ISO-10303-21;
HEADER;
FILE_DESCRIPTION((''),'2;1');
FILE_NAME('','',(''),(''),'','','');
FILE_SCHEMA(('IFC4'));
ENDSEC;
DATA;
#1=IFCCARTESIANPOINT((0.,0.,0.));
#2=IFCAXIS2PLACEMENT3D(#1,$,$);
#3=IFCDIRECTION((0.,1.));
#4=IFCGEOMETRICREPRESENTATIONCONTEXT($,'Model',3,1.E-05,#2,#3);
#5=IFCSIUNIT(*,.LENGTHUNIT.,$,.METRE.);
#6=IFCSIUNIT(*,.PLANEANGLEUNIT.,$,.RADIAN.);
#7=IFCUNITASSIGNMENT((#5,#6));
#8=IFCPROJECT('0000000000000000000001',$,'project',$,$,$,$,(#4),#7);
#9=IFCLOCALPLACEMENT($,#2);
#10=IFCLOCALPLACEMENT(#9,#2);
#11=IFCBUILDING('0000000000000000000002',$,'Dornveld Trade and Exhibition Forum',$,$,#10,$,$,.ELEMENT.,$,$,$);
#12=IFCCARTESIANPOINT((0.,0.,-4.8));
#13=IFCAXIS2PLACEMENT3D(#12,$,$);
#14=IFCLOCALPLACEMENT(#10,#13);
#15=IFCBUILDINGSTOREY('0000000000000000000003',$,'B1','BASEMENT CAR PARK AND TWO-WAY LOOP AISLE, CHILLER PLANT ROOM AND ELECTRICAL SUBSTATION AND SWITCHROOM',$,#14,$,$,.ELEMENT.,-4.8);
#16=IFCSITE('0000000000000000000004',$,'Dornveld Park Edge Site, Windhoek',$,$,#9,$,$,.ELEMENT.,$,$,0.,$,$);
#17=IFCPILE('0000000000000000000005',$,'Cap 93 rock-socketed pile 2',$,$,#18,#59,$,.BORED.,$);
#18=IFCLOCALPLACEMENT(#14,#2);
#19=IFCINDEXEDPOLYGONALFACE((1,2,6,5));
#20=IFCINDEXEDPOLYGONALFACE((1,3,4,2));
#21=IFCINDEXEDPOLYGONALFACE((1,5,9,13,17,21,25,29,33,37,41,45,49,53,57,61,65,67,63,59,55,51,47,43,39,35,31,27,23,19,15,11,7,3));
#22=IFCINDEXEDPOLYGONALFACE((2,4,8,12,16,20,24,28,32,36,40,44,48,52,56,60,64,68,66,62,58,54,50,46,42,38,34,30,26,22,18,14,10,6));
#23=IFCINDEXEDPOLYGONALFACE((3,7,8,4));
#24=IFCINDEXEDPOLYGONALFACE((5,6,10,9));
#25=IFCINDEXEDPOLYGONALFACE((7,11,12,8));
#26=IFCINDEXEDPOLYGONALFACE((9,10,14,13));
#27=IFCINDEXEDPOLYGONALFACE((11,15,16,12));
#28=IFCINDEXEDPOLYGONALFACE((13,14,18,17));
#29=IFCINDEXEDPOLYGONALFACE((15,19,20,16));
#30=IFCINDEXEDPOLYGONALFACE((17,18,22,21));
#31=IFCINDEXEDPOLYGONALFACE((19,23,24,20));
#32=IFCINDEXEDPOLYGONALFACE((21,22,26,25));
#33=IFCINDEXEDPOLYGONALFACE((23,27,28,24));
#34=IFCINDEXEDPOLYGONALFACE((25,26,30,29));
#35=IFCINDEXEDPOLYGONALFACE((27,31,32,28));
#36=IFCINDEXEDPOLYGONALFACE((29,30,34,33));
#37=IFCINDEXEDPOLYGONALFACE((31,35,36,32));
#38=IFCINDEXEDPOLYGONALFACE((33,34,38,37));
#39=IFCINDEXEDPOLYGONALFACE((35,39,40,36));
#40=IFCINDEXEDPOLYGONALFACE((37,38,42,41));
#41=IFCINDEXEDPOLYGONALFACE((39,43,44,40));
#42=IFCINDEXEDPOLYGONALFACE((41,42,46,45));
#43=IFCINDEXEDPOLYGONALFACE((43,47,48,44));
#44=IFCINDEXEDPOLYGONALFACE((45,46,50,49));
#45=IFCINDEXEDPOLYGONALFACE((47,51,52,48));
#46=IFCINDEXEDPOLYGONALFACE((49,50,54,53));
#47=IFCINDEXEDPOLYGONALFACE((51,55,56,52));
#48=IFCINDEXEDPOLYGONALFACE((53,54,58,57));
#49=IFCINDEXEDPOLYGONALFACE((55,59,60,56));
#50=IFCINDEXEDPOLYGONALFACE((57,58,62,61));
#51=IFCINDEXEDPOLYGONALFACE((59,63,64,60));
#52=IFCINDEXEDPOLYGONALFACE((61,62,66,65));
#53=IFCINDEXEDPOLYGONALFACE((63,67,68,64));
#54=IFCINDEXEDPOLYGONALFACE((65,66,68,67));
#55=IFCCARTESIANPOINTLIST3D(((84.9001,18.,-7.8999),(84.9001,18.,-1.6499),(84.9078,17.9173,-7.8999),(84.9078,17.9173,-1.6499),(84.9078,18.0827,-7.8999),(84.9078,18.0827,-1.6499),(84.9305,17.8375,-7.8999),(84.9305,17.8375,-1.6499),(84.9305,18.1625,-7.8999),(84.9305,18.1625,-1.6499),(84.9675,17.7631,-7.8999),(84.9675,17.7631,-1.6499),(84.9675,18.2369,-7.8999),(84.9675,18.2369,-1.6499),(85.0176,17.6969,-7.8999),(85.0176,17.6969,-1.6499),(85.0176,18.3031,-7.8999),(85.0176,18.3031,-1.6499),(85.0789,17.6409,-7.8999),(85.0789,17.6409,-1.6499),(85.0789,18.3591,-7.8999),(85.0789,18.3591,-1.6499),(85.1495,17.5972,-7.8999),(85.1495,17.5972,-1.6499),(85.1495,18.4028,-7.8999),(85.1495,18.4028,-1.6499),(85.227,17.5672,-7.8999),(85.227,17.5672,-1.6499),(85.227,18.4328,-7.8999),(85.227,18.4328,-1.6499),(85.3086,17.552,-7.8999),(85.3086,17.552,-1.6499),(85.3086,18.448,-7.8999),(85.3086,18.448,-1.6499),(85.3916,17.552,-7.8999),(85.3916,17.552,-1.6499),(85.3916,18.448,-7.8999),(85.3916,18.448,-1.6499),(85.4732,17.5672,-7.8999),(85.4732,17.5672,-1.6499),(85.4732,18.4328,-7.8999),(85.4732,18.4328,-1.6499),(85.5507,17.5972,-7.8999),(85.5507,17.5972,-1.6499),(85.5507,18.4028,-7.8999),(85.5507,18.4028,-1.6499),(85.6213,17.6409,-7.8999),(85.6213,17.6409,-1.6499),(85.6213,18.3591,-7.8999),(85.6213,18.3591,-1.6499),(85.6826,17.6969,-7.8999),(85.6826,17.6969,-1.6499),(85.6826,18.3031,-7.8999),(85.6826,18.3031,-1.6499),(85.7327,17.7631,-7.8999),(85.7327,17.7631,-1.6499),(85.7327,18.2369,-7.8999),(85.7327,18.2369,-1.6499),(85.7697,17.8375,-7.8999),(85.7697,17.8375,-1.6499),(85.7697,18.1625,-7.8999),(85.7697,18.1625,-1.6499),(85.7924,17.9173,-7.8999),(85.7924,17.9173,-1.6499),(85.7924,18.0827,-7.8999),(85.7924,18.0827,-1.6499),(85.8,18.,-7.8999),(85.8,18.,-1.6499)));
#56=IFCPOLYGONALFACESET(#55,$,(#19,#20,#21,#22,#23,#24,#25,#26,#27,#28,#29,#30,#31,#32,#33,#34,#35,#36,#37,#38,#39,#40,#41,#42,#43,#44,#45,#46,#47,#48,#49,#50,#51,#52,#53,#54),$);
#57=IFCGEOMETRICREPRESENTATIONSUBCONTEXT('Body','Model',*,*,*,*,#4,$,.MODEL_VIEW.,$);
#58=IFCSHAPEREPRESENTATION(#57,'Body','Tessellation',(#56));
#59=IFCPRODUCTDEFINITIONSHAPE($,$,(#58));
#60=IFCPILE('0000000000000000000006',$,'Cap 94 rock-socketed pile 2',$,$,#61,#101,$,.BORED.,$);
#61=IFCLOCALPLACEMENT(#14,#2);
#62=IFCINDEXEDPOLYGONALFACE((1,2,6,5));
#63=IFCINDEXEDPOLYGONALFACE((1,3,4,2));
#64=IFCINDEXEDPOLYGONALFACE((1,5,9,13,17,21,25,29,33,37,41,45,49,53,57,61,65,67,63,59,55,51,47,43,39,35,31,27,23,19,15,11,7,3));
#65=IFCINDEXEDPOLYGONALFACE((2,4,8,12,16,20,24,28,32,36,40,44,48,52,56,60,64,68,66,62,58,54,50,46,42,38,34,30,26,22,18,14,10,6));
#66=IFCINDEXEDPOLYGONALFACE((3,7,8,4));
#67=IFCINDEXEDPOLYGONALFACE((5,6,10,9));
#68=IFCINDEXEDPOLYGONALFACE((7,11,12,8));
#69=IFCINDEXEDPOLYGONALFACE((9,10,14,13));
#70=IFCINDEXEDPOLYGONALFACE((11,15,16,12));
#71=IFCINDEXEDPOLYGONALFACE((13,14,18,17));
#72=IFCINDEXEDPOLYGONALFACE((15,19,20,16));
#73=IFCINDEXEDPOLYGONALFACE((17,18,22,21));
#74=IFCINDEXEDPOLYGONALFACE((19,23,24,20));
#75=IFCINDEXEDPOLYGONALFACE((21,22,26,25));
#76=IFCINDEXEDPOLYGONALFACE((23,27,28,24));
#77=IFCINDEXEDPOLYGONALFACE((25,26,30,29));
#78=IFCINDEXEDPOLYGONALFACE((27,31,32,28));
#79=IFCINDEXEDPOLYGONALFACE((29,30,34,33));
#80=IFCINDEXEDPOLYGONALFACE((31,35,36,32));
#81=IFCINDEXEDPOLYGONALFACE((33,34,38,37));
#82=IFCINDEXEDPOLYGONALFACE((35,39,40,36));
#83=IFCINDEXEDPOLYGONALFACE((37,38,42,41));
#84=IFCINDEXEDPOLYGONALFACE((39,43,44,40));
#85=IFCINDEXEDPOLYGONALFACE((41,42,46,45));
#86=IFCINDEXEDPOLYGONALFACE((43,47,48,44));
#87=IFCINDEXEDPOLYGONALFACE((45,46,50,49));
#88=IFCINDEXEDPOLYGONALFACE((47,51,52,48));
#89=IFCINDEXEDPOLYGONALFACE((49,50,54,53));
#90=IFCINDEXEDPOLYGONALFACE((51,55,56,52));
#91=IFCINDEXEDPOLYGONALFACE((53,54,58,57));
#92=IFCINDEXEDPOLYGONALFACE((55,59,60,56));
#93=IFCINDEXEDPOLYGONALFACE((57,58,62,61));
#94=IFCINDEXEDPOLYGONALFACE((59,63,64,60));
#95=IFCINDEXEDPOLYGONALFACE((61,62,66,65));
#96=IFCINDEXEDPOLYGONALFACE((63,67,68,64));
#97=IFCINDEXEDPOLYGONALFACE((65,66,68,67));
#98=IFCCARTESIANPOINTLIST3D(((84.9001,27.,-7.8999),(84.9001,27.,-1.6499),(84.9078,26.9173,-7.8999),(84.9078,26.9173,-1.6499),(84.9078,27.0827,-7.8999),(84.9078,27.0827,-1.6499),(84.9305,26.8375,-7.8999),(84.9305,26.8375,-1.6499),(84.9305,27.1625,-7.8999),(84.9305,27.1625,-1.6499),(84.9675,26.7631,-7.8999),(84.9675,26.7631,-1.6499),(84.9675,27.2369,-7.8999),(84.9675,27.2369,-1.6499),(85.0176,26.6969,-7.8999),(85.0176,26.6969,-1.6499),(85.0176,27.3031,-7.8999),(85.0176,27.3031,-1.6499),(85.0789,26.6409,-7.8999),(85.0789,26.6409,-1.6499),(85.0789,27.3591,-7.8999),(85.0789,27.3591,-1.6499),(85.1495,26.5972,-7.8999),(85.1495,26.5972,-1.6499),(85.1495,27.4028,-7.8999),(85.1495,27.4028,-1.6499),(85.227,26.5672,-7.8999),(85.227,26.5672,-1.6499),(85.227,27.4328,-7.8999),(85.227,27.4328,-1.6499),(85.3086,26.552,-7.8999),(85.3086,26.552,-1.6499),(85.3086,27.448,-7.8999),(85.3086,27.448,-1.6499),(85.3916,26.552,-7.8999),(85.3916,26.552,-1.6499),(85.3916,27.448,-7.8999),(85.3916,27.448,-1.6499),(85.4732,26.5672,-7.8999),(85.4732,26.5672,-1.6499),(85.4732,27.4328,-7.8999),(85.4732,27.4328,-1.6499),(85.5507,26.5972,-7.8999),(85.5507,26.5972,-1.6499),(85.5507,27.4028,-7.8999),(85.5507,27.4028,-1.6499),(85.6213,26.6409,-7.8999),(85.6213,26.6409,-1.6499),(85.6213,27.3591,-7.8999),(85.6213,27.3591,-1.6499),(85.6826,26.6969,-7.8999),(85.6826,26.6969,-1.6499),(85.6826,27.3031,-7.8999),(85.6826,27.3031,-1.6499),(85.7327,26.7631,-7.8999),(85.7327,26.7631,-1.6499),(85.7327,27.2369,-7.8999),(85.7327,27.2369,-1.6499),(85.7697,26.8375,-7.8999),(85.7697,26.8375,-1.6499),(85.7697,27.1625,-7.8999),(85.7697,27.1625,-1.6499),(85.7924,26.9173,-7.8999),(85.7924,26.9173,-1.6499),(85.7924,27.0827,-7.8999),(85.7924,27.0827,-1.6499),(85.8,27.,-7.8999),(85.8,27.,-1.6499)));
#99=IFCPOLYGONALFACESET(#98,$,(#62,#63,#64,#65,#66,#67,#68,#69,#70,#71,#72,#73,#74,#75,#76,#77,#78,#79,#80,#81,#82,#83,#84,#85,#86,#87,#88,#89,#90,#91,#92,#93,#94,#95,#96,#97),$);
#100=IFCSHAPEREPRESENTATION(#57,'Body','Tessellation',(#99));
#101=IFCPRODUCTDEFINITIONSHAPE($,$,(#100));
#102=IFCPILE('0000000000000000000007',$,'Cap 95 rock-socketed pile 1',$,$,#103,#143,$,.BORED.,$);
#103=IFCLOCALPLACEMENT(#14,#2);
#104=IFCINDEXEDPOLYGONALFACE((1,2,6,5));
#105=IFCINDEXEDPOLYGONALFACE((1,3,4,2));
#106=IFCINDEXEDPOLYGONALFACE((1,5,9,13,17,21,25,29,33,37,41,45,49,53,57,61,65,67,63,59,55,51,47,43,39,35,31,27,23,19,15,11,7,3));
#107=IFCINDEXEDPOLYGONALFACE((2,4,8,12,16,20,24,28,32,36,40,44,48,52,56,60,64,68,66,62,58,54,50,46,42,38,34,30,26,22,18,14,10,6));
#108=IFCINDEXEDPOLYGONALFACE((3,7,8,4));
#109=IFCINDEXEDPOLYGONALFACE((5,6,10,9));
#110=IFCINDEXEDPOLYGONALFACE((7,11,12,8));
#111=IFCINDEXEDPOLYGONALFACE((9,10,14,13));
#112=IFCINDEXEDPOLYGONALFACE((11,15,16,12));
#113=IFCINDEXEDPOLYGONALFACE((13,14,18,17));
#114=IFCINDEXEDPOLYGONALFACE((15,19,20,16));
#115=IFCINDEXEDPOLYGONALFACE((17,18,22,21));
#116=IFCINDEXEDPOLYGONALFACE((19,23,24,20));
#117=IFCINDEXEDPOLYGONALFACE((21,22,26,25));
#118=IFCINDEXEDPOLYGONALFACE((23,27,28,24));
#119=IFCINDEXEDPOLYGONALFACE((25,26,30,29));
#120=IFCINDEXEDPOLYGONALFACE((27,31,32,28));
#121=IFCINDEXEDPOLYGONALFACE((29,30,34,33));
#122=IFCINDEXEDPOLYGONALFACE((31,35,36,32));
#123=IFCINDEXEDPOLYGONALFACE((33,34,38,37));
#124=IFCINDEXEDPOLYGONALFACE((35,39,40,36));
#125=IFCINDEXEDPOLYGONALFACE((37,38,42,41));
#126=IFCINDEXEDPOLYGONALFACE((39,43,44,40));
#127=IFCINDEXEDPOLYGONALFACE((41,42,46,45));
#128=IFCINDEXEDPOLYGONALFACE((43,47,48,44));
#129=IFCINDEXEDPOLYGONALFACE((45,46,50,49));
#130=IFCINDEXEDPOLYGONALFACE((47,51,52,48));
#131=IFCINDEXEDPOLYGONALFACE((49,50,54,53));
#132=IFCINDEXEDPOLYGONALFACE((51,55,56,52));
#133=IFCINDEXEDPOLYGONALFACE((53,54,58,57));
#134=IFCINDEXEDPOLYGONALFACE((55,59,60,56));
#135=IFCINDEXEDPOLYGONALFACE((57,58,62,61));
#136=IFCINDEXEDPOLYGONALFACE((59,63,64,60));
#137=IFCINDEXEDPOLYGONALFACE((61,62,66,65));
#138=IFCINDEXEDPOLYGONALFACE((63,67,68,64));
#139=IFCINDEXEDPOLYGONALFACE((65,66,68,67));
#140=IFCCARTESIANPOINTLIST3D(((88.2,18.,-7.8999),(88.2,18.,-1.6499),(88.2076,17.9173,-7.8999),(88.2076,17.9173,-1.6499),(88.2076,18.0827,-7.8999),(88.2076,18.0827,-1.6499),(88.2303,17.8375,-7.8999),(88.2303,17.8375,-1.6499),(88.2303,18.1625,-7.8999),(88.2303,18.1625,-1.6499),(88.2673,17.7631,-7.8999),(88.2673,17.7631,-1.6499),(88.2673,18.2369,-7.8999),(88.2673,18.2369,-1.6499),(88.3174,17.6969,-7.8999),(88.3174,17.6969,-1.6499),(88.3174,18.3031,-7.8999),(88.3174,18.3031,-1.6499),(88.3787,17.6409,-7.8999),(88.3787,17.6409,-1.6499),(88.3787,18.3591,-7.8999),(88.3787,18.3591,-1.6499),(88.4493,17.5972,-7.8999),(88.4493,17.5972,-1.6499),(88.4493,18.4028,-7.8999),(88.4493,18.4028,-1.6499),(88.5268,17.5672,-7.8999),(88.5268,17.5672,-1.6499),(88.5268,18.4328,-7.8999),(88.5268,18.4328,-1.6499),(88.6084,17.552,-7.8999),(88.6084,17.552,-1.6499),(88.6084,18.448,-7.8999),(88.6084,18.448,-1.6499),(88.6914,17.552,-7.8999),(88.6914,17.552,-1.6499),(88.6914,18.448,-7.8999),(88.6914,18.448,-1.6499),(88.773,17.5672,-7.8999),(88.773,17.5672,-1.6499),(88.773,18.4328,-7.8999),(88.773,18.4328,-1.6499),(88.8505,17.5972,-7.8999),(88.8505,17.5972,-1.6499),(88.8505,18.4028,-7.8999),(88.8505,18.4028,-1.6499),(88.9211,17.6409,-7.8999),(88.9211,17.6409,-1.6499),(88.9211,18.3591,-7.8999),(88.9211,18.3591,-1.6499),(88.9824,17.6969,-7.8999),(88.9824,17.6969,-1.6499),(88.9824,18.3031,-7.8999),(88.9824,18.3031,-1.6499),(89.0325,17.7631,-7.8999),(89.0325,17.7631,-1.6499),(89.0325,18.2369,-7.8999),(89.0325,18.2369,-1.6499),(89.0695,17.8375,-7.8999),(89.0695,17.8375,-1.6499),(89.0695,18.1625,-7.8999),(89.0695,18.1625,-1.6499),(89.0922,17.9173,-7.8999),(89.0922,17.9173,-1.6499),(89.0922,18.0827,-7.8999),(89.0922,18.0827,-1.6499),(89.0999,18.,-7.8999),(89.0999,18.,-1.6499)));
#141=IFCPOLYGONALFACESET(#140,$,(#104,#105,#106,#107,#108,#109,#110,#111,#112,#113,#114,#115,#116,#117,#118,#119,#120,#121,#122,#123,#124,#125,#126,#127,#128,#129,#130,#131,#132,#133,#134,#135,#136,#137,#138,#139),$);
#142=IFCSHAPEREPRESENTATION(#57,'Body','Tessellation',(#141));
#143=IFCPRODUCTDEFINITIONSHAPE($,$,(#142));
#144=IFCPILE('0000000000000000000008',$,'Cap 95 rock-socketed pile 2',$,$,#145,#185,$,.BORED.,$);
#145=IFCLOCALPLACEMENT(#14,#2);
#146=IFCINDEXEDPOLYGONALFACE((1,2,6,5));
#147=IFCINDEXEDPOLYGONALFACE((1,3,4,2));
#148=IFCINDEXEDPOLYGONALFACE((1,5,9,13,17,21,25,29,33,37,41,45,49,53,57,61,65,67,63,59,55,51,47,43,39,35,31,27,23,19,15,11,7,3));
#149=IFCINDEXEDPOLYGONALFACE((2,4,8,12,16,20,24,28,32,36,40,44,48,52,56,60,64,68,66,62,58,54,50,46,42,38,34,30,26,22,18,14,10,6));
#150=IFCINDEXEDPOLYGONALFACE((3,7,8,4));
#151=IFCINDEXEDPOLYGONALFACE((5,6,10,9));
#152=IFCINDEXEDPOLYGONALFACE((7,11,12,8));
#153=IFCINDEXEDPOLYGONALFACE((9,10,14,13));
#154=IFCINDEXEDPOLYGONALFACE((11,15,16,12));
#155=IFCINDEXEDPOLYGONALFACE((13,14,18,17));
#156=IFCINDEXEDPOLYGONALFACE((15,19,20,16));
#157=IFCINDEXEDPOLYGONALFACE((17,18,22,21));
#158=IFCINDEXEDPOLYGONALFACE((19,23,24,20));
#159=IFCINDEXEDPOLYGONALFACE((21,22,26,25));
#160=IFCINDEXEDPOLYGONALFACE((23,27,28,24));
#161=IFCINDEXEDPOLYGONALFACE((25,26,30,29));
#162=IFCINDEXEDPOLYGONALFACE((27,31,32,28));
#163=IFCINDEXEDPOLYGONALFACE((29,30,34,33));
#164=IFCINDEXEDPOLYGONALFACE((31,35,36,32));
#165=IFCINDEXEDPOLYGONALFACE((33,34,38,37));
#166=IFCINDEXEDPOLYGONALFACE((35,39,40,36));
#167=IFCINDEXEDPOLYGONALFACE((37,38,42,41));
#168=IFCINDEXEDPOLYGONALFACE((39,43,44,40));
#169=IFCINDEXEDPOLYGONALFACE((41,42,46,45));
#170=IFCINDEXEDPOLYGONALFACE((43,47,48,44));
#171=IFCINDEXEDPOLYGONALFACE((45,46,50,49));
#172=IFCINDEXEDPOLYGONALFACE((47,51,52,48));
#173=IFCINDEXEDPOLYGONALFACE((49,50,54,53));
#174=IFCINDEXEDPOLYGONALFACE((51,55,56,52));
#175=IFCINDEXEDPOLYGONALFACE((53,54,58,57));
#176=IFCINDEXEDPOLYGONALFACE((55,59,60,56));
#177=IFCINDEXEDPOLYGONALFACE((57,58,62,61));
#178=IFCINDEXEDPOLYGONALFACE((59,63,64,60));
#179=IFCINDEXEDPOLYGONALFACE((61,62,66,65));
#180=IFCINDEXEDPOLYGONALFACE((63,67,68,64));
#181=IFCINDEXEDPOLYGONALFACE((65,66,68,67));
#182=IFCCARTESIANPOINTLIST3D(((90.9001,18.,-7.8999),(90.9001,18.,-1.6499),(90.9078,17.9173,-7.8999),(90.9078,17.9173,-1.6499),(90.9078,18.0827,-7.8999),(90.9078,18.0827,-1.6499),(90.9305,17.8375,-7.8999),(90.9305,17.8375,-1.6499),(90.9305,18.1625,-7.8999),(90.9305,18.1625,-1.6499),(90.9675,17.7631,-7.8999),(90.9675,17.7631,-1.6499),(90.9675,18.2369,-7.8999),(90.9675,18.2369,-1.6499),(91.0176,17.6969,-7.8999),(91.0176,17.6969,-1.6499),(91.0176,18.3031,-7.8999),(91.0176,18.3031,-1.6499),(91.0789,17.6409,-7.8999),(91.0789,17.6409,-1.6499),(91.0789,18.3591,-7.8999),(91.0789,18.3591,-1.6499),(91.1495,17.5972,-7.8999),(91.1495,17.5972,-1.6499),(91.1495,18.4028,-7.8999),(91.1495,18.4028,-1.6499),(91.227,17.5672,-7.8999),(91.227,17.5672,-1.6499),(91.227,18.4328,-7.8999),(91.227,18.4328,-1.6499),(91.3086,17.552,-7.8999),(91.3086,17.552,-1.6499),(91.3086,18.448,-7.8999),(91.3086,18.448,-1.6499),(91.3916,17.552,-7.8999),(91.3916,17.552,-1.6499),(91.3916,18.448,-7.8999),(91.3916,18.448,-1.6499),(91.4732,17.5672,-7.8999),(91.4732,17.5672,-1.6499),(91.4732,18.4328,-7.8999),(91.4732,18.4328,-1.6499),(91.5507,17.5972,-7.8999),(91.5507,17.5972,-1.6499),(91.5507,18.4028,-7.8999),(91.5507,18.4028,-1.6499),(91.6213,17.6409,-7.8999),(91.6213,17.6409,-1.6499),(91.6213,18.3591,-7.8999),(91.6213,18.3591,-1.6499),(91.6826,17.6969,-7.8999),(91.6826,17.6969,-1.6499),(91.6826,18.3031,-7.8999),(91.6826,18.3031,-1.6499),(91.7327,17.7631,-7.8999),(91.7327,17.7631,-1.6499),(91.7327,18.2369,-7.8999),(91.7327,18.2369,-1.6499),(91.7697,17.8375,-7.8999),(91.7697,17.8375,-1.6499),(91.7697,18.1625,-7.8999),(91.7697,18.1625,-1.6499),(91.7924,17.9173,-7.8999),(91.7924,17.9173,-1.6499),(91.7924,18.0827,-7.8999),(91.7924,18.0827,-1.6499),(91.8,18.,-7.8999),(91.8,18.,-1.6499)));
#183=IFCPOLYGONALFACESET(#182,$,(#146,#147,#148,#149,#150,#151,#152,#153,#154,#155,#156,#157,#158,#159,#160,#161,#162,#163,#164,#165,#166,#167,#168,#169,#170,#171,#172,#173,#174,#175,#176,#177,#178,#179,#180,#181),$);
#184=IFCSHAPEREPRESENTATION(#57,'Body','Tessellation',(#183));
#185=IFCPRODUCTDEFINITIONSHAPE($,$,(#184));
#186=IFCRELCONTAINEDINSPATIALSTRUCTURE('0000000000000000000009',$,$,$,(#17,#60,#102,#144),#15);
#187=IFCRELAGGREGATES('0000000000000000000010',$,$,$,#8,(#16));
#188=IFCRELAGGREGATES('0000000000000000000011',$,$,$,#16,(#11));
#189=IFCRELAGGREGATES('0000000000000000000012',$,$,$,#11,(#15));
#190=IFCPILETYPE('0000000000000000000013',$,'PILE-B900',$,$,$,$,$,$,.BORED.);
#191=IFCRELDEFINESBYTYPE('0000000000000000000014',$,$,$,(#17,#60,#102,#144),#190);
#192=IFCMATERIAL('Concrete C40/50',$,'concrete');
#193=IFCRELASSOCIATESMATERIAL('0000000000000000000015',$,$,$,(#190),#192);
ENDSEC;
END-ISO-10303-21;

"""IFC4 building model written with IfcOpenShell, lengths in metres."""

from ifc_helpers import new_model, si_unit, direction, frame, origin, origin_2d, place, context, subcontext, project, spatial, circle, extrude, material, material_profile, profile_set, type_object, element, save


model = new_model("IFC4")

# Units and contexts
model_context = context("Model", 3, precision=1e-05, world=origin(), true_north=direction((0.0, 1.0)))
body_context = subcontext(model_context, "Body", "Model", "MODEL_VIEW")
ifc_project = project(units=[si_unit("LENGTHUNIT", "METRE"), si_unit("PLANEANGLEUNIT", "RADIAN")], contexts=[model_context])

# Site, building, storey
site_placement = place(None, origin())
site = spatial("IfcSite", under=ifc_project, at=site_placement, Name="Dornveld Park Edge Site, Windhoek", CompositionType="ELEMENT", RefElevation=0.0)
building_placement = place(site_placement, origin())
building = spatial("IfcBuilding", under=site, at=building_placement, Name="Dornveld Trade and Exhibition Forum", CompositionType="ELEMENT")
storey_placement = place(building_placement, frame((0.0, 0.0, -4.8)))
storey = spatial("IfcBuildingStorey", under=building, at=storey_placement, Name="B1", Description="BASEMENT CAR PARK AND TWO-WAY LOOP AISLE, CHILLER PLANT ROOM AND ELECTRICAL SUBSTATION AND SWITCHROOM", CompositionType="ELEMENT", Elevation=-4.8)

# Piles
ifc_material_1 = material(Name="Concrete C40/50", Category="concrete")
ifc_material_profile_1 = material_profile(ifc_material_1, circle(Radius=0.45, at=origin_2d()), Name="PILE D900")
ifc_profile_set_1 = profile_set([ifc_material_profile_1], Name="Concrete C40/50")
pile_type = type_object("IfcPileType", Name="PILE-B900", PredefinedType="BORED", material=ifc_profile_set_1)
for number, where, z_axis, x_axis, name in (
    (1, (85.3501, 18.0, -1.6499), (0.0, 0.0, -1.0), (1.0, 0.0, 0.0), "Cap 93 rock-socketed pile 2"),
    (2, (85.3501, 27.0, -1.6499), (0.0, 0.0, -1.0), (1.0, 0.0, 0.0), "Cap 94 rock-socketed pile 2"),
    (3, (88.6499, 18.0, -1.6499), (0.0, 0.0, -1.0), (1.0, 0.0, 0.0), "Cap 95 rock-socketed pile 1"),
    (4, (91.3501, 18.0, -1.6499), (0.0, 0.0, -1.0), (1.0, 0.0, 0.0), "Cap 95 rock-socketed pile 2"),
):
    element("IfcPile", number, at=place(storey_placement, frame(where, z_axis=z_axis, x_axis=x_axis)), inside=storey, type_object=pile_type, Name=name, PredefinedType="BORED", context=body_context, shape_type="SweptSolid", body=[
        extrude(circle(Radius=0.45, at=origin_2d()), origin(), (0.0, 0.0, 1.0), 6.25),
    ])

save(model, "model.ifc")
